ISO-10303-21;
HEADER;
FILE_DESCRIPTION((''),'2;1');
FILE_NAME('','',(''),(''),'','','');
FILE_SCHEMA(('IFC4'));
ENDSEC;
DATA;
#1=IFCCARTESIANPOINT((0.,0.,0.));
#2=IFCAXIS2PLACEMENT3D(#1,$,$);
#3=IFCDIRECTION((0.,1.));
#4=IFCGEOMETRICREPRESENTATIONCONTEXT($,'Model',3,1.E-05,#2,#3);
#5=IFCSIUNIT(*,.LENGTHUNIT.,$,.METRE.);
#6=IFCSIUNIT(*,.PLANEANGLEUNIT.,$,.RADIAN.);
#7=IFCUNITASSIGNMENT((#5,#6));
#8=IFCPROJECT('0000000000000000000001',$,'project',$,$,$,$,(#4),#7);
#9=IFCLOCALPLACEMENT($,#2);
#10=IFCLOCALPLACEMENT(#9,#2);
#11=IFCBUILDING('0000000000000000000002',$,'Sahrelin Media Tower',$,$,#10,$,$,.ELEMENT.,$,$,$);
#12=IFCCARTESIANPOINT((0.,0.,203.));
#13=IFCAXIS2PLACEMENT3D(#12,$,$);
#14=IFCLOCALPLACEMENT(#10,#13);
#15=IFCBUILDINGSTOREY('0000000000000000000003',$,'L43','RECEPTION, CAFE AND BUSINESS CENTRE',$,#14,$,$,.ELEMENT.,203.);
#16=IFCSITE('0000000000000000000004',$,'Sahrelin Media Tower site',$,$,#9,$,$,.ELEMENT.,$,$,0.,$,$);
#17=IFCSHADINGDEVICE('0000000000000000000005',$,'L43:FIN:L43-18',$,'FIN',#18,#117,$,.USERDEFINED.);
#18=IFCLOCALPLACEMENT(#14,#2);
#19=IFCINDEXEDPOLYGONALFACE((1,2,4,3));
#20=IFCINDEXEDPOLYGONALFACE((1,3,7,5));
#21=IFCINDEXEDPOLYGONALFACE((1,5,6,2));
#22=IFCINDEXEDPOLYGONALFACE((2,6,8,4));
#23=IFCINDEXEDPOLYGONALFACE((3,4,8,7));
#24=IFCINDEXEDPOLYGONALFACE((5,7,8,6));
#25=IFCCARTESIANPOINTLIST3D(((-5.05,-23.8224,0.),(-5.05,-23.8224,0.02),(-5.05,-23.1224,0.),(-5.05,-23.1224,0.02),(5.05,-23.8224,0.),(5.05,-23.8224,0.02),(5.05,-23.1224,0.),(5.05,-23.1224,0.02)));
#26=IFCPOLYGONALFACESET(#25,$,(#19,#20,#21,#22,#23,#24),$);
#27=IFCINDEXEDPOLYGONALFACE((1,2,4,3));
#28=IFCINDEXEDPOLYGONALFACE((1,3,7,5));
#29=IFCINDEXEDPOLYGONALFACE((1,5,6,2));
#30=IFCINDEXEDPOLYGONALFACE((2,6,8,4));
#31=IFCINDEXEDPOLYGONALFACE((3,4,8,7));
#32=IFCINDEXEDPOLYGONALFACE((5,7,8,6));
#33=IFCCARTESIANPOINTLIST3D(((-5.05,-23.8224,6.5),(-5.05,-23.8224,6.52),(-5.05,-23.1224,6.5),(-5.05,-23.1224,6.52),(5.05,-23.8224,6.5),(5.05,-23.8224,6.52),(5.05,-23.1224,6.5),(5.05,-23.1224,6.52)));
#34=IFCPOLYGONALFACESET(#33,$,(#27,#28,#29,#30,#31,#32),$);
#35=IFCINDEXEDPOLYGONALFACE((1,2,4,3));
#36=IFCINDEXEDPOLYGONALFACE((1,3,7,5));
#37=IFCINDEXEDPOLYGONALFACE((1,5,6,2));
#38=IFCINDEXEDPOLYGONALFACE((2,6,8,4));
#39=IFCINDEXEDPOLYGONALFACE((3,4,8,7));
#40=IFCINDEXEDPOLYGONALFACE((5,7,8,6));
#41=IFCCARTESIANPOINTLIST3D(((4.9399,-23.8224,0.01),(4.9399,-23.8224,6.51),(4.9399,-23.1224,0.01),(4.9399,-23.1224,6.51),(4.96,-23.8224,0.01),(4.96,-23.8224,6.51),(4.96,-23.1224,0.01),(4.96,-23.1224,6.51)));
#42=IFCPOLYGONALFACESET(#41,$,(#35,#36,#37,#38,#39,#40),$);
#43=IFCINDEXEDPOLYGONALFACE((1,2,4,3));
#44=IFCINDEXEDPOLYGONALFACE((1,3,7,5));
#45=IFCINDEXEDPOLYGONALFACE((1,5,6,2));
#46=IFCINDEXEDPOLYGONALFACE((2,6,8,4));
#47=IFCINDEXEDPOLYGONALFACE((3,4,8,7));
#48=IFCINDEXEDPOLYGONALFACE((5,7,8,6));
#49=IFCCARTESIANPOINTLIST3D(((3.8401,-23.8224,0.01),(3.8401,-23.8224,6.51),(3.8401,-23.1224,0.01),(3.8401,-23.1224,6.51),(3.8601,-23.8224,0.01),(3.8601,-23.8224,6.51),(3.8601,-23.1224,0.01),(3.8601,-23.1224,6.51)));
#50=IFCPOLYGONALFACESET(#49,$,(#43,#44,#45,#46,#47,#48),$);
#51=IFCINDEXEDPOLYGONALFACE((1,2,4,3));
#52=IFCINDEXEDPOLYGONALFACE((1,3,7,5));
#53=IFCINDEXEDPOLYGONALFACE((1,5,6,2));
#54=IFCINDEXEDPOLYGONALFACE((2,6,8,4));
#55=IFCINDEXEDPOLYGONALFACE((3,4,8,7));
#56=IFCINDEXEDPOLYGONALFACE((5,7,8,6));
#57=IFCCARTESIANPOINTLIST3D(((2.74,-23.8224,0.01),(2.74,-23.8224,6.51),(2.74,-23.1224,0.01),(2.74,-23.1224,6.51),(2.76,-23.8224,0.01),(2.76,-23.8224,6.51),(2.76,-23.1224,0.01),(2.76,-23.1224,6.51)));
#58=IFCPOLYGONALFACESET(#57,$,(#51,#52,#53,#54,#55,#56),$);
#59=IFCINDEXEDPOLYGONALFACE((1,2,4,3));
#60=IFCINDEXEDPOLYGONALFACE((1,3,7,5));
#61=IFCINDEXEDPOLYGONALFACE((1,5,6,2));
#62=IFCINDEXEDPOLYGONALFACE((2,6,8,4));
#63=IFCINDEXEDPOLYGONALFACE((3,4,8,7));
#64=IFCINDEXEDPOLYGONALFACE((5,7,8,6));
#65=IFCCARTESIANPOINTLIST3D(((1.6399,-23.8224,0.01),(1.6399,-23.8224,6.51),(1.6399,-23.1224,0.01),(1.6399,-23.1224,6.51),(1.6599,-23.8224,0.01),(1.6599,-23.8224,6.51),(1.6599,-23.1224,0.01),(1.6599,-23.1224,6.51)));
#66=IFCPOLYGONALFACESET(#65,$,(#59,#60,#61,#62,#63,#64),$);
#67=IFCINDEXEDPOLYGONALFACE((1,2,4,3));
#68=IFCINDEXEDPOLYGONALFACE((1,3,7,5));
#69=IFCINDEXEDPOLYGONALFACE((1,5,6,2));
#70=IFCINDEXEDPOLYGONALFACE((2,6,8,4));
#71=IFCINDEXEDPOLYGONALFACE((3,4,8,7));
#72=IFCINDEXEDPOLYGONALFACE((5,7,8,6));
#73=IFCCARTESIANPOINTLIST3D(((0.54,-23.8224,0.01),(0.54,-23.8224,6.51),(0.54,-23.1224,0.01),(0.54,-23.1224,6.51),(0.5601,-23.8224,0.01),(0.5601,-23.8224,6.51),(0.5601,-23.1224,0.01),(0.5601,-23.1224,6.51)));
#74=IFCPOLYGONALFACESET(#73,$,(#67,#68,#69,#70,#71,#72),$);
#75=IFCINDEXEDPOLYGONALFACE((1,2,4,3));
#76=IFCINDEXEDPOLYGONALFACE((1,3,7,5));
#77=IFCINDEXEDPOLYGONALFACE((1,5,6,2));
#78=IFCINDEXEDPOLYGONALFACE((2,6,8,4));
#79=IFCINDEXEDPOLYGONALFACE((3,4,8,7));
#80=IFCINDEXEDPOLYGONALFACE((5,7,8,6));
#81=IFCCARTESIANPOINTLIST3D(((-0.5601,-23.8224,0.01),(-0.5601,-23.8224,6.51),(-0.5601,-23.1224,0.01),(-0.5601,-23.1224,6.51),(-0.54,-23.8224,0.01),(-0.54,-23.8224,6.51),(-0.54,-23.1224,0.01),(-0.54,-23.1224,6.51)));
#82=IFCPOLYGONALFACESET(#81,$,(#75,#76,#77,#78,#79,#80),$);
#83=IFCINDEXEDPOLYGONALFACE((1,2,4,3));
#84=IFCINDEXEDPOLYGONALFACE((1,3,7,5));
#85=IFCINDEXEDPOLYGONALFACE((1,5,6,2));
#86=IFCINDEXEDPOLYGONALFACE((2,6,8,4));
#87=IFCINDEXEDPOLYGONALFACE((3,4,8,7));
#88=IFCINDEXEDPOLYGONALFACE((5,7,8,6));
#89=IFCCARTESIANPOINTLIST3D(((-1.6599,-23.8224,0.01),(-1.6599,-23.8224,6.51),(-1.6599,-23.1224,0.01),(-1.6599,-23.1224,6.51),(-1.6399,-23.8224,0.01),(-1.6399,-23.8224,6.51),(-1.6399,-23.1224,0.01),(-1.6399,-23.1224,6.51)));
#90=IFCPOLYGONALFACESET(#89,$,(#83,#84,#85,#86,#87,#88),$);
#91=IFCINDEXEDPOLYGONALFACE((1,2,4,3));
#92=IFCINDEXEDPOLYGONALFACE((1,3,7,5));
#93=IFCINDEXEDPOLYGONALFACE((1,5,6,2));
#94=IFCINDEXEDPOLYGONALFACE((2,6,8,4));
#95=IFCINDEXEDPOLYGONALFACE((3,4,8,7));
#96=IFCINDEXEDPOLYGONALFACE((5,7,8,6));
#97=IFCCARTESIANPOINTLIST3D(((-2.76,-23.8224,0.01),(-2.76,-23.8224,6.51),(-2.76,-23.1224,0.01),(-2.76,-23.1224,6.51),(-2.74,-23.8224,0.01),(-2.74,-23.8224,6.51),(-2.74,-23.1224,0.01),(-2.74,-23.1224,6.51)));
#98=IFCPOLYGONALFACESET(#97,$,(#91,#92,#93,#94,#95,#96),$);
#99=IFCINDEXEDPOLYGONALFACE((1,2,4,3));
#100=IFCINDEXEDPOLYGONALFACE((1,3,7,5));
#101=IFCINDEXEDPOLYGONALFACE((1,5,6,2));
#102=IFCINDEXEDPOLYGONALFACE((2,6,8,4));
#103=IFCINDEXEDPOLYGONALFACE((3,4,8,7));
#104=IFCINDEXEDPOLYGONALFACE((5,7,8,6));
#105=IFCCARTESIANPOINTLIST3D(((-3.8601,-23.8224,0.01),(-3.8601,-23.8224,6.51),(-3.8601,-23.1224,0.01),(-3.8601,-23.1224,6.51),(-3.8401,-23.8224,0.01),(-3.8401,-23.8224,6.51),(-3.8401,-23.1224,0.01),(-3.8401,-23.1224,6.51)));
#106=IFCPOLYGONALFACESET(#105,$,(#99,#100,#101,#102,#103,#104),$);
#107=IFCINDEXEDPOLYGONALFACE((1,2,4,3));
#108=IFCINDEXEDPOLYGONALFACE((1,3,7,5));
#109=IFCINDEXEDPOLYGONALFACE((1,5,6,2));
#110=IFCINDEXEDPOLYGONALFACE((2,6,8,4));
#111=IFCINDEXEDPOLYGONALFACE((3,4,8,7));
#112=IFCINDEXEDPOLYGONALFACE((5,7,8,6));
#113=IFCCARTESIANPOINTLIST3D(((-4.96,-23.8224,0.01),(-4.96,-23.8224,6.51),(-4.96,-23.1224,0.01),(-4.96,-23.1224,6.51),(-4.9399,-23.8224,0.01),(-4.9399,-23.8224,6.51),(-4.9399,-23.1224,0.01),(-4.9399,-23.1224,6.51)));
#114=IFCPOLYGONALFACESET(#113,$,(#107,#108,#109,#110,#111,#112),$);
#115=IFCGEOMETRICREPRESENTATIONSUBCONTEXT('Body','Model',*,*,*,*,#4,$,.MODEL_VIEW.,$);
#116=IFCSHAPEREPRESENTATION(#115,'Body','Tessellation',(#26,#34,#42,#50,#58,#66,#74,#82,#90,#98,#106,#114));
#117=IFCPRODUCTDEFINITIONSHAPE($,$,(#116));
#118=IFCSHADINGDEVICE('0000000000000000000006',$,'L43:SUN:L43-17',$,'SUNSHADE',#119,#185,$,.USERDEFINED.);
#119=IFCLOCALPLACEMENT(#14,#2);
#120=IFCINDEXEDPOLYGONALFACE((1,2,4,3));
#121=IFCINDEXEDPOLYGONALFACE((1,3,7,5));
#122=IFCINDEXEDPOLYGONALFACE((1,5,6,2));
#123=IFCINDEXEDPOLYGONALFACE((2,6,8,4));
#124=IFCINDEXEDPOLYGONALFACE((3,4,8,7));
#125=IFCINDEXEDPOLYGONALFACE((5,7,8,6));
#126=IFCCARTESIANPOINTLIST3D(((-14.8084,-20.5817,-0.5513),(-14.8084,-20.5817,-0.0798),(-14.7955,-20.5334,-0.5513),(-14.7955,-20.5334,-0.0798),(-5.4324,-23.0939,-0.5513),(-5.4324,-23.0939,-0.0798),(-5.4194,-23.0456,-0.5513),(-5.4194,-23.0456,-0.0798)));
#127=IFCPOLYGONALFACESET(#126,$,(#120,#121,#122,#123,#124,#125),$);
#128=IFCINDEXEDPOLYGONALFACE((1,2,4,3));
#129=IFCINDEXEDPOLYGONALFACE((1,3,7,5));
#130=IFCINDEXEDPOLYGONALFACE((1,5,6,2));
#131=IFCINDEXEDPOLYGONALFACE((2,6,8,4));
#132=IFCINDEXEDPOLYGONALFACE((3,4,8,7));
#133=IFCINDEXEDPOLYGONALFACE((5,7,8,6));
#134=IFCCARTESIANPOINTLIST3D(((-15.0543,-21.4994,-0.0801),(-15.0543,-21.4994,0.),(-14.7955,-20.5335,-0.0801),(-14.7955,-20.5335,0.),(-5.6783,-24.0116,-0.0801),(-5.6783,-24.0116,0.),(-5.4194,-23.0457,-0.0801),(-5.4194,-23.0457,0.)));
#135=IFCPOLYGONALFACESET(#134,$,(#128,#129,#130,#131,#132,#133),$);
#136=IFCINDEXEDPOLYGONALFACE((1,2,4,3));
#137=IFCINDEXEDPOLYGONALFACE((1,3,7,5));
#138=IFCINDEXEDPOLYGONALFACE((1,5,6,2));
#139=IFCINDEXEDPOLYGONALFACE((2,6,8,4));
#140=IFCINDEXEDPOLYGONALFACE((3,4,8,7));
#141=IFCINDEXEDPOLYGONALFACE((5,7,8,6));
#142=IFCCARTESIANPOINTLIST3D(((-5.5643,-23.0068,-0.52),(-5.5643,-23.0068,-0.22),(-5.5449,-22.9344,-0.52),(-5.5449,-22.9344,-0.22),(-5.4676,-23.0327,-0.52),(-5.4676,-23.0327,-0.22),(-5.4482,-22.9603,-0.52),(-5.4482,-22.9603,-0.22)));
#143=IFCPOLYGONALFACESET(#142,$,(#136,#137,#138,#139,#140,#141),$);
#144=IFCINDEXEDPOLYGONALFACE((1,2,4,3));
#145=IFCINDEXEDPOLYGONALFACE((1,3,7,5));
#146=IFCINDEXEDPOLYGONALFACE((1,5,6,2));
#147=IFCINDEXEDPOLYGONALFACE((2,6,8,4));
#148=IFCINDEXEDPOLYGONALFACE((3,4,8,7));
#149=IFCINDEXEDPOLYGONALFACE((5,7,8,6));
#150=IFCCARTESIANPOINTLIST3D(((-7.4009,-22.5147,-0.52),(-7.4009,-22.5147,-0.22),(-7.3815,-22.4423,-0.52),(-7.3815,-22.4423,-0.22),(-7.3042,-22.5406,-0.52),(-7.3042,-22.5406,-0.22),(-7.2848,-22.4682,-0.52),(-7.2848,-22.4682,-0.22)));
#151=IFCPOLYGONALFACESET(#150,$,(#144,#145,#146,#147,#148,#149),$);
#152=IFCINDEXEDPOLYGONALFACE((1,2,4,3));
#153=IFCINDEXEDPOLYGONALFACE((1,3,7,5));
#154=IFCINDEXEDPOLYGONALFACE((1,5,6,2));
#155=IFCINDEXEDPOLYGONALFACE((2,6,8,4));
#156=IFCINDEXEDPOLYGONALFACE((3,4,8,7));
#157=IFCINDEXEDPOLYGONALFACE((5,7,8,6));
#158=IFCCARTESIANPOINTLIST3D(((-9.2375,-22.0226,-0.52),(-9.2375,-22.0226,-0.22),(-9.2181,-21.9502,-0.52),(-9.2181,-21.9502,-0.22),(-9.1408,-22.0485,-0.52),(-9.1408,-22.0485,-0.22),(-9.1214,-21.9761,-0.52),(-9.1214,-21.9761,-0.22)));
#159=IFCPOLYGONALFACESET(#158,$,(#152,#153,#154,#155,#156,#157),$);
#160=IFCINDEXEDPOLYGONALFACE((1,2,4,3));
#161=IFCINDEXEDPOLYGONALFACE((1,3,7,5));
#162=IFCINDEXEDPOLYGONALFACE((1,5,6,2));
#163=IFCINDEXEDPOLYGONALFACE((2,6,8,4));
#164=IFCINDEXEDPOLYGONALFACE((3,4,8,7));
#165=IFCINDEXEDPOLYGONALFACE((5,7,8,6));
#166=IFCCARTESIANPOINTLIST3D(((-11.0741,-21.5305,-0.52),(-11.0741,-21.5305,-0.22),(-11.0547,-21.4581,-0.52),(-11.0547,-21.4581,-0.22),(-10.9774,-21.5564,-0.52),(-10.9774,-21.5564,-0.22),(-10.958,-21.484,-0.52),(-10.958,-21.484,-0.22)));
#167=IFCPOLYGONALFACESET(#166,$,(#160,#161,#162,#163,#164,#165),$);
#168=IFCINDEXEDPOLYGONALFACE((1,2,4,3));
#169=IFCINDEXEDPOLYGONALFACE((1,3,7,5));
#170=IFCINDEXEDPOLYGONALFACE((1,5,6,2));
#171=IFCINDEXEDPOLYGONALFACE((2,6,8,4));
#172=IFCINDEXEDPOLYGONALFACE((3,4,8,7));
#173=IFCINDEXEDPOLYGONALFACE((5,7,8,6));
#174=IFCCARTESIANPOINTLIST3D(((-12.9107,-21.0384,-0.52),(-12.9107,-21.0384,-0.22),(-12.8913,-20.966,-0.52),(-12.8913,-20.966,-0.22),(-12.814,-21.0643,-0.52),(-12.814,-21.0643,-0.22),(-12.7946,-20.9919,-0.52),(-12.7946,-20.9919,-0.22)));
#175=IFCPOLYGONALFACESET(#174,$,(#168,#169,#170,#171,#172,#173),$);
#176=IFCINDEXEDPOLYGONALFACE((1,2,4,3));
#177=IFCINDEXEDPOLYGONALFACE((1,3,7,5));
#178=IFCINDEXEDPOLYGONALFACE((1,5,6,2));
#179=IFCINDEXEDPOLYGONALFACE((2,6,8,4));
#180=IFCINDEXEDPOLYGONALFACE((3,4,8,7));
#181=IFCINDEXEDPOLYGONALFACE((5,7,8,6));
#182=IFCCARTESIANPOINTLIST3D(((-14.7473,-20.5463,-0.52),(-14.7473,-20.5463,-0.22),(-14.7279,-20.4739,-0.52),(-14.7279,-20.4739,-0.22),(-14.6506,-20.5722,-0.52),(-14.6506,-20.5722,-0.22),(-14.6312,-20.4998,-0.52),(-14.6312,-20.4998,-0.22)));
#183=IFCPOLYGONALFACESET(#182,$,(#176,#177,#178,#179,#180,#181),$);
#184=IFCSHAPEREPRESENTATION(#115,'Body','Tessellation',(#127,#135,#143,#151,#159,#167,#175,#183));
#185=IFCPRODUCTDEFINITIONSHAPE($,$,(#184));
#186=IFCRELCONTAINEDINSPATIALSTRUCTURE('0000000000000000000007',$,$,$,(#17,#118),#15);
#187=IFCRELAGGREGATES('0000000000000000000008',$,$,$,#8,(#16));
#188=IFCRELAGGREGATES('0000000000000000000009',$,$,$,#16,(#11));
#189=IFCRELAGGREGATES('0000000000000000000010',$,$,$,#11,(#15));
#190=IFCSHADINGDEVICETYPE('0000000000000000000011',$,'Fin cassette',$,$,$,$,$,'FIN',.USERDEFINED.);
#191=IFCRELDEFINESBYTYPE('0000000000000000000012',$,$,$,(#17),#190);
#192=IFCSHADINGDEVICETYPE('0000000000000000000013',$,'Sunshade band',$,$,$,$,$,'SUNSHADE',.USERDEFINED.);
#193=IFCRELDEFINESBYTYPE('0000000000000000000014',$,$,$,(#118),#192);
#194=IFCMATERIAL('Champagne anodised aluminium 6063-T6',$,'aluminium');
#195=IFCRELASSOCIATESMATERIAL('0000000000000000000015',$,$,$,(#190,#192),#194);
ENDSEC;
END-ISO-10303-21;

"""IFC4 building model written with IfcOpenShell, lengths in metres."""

from ifc_helpers import new_model, si_unit, direction, frame, origin, origin_2d, place, context, subcontext, project, spatial, rectangle, extrude, material, type_object, element, save


model = new_model("IFC4")

# Units and contexts
model_context = context("Model", 3, precision=1e-05, world=origin(), true_north=direction((0.0, 1.0)))
body_context = subcontext(model_context, "Body", "Model", "MODEL_VIEW")
ifc_project = project(units=[si_unit("LENGTHUNIT", "METRE"), si_unit("PLANEANGLEUNIT", "RADIAN")], contexts=[model_context])

# Site, building, storey
site_placement = place(None, origin())
site = spatial("IfcSite", under=ifc_project, at=site_placement, Name="Sahrelin Media Tower site", CompositionType="ELEMENT", RefElevation=0.0)
building_placement = place(site_placement, origin())
building = spatial("IfcBuilding", under=site, at=building_placement, Name="Sahrelin Media Tower", CompositionType="ELEMENT")
storey_placement = place(building_placement, frame((0.0, 0.0, 203.0)))
storey = spatial("IfcBuildingStorey", under=building, at=storey_placement, Name="L43", Description="RECEPTION, CAFE AND BUSINESS CENTRE", CompositionType="ELEMENT", Elevation=203.0)

# Shared definitions
ifc_material_1 = material(Name="Champagne anodised aluminium 6063-T6", Category="aluminium")

# Shading devices
shading_device_type_1 = type_object("IfcShadingDeviceType", Name="Fin cassette", ElementType="FIN", PredefinedType="USERDEFINED", material=ifc_material_1)
placement_1 = place(storey_placement, frame((-10.1023, -21.7703, 0.0), z_axis=(0.0, 0.0, 1.0), x_axis=(-0.965929, 0.258808, 0.0)))
placement_2 = place(storey_placement, frame((0.0, -23.0525, 0.0), z_axis=(0.0, 0.0, 1.0), x_axis=(-1.0, 0.0, 0.0)))
element("IfcShadingDevice", 1, at=placement_2, inside=storey, type_object=shading_device_type_1, Name="L43:FIN:L43-18", ObjectType="FIN", PredefinedType="USERDEFINED", context=body_context, shape_type="SweptSolid", body=[
    extrude(rectangle(XDim=10.1001, YDim=0.7, at=origin_2d()), frame((0.0, 0.4199, 0.0)), (0.0, 0.0, 1.0), 0.02),
    extrude(rectangle(XDim=10.1001, YDim=0.7, at=origin_2d()), frame((0.0, 0.4199, 6.5)), (0.0, 0.0, 1.0), 0.02),
    extrude(rectangle(XDim=0.02, YDim=0.7, at=origin_2d()), frame((-4.95, 0.4199, 0.01), z_axis=(0.0, 0.0, 1.0), x_axis=(1.0, 0.0, 0.0)), (0.0, 0.0, 1.0), 6.5),
    extrude(rectangle(XDim=0.02, YDim=0.7, at=origin_2d()), frame((-3.8501, 0.4199, 0.01), z_axis=(0.0, 0.0, 1.0), x_axis=(1.0, 0.0, 0.0)), (0.0, 0.0, 1.0), 6.5),
    extrude(rectangle(XDim=0.02, YDim=0.7, at=origin_2d()), frame((-2.75, 0.4199, 0.01), z_axis=(0.0, 0.0, 1.0), x_axis=(1.0, 0.0, 0.0)), (0.0, 0.0, 1.0), 6.5),
    extrude(rectangle(XDim=0.02, YDim=0.7, at=origin_2d()), frame((-1.6499, 0.4199, 0.01), z_axis=(0.0, 0.0, 1.0), x_axis=(1.0, 0.0, 0.0)), (0.0, 0.0, 1.0), 6.5),
    extrude(rectangle(XDim=0.02, YDim=0.7, at=origin_2d()), frame((-0.55, 0.4199, 0.01), z_axis=(0.0, 0.0, 1.0), x_axis=(1.0, 0.0, 0.0)), (0.0, 0.0, 1.0), 6.5),
    extrude(rectangle(XDim=0.02, YDim=0.7, at=origin_2d()), frame((0.55, 0.4199, 0.01), z_axis=(0.0, 0.0, 1.0), x_axis=(1.0, 0.0, 0.0)), (0.0, 0.0, 1.0), 6.5),
    extrude(rectangle(XDim=0.02, YDim=0.7, at=origin_2d()), frame((1.6499, 0.4199, 0.01), z_axis=(0.0, 0.0, 1.0), x_axis=(1.0, 0.0, 0.0)), (0.0, 0.0, 1.0), 6.5),
    extrude(rectangle(XDim=0.02, YDim=0.7, at=origin_2d()), frame((2.75, 0.4199, 0.01), z_axis=(0.0, 0.0, 1.0), x_axis=(1.0, 0.0, 0.0)), (0.0, 0.0, 1.0), 6.5),
    extrude(rectangle(XDim=0.02, YDim=0.7, at=origin_2d()), frame((3.8501, 0.4199, 0.01), z_axis=(0.0, 0.0, 1.0), x_axis=(1.0, 0.0, 0.0)), (0.0, 0.0, 1.0), 6.5),
    extrude(rectangle(XDim=0.02, YDim=0.7, at=origin_2d()), frame((4.95, 0.4199, 0.01), z_axis=(0.0, 0.0, 1.0), x_axis=(1.0, 0.0, 0.0)), (0.0, 0.0, 1.0), 6.5),
])
shading_device_type_2 = type_object("IfcShadingDeviceType", Name="Sunshade band", ElementType="SUNSHADE", PredefinedType="USERDEFINED", material=ifc_material_1)
element("IfcShadingDevice", 2, at=placement_1, inside=storey, type_object=shading_device_type_2, Name="L43:SUN:L43-17", ObjectType="SUNSHADE", PredefinedType="USERDEFINED", context=body_context, shape_type="SweptSolid", body=[
    extrude(rectangle(XDim=9.7068, YDim=0.05, at=origin_2d()), frame((0.0, 0.0449, -0.5513)), (0.0, 0.0, 1.0), 0.4714),
    extrude(rectangle(XDim=9.7068, YDim=1.0, at=origin_2d()), frame((0.0, 0.52, -0.0801)), (0.0, 0.0, 1.0), 0.0801),
    extrude(rectangle(XDim=0.1001, YDim=0.075, at=origin_2d()), frame((-4.7534, -0.0176, -0.52)), (0.0, 0.0, 1.0), 0.3),
    extrude(rectangle(XDim=0.1001, YDim=0.075, at=origin_2d()), frame((-2.8521, -0.0176, -0.52)), (0.0, 0.0, 1.0), 0.3),
    extrude(rectangle(XDim=0.1001, YDim=0.075, at=origin_2d()), frame((-0.9507, -0.0176, -0.52)), (0.0, 0.0, 1.0), 0.3),
    extrude(rectangle(XDim=0.1001, YDim=0.075, at=origin_2d()), frame((0.9507, -0.0176, -0.52)), (0.0, 0.0, 1.0), 0.3),
    extrude(rectangle(XDim=0.1001, YDim=0.075, at=origin_2d()), frame((2.8521, -0.0176, -0.52)), (0.0, 0.0, 1.0), 0.3),
    extrude(rectangle(XDim=0.1001, YDim=0.075, at=origin_2d()), frame((4.7534, -0.0176, -0.52)), (0.0, 0.0, 1.0), 0.3),
])

save(model, "model.ifc")
